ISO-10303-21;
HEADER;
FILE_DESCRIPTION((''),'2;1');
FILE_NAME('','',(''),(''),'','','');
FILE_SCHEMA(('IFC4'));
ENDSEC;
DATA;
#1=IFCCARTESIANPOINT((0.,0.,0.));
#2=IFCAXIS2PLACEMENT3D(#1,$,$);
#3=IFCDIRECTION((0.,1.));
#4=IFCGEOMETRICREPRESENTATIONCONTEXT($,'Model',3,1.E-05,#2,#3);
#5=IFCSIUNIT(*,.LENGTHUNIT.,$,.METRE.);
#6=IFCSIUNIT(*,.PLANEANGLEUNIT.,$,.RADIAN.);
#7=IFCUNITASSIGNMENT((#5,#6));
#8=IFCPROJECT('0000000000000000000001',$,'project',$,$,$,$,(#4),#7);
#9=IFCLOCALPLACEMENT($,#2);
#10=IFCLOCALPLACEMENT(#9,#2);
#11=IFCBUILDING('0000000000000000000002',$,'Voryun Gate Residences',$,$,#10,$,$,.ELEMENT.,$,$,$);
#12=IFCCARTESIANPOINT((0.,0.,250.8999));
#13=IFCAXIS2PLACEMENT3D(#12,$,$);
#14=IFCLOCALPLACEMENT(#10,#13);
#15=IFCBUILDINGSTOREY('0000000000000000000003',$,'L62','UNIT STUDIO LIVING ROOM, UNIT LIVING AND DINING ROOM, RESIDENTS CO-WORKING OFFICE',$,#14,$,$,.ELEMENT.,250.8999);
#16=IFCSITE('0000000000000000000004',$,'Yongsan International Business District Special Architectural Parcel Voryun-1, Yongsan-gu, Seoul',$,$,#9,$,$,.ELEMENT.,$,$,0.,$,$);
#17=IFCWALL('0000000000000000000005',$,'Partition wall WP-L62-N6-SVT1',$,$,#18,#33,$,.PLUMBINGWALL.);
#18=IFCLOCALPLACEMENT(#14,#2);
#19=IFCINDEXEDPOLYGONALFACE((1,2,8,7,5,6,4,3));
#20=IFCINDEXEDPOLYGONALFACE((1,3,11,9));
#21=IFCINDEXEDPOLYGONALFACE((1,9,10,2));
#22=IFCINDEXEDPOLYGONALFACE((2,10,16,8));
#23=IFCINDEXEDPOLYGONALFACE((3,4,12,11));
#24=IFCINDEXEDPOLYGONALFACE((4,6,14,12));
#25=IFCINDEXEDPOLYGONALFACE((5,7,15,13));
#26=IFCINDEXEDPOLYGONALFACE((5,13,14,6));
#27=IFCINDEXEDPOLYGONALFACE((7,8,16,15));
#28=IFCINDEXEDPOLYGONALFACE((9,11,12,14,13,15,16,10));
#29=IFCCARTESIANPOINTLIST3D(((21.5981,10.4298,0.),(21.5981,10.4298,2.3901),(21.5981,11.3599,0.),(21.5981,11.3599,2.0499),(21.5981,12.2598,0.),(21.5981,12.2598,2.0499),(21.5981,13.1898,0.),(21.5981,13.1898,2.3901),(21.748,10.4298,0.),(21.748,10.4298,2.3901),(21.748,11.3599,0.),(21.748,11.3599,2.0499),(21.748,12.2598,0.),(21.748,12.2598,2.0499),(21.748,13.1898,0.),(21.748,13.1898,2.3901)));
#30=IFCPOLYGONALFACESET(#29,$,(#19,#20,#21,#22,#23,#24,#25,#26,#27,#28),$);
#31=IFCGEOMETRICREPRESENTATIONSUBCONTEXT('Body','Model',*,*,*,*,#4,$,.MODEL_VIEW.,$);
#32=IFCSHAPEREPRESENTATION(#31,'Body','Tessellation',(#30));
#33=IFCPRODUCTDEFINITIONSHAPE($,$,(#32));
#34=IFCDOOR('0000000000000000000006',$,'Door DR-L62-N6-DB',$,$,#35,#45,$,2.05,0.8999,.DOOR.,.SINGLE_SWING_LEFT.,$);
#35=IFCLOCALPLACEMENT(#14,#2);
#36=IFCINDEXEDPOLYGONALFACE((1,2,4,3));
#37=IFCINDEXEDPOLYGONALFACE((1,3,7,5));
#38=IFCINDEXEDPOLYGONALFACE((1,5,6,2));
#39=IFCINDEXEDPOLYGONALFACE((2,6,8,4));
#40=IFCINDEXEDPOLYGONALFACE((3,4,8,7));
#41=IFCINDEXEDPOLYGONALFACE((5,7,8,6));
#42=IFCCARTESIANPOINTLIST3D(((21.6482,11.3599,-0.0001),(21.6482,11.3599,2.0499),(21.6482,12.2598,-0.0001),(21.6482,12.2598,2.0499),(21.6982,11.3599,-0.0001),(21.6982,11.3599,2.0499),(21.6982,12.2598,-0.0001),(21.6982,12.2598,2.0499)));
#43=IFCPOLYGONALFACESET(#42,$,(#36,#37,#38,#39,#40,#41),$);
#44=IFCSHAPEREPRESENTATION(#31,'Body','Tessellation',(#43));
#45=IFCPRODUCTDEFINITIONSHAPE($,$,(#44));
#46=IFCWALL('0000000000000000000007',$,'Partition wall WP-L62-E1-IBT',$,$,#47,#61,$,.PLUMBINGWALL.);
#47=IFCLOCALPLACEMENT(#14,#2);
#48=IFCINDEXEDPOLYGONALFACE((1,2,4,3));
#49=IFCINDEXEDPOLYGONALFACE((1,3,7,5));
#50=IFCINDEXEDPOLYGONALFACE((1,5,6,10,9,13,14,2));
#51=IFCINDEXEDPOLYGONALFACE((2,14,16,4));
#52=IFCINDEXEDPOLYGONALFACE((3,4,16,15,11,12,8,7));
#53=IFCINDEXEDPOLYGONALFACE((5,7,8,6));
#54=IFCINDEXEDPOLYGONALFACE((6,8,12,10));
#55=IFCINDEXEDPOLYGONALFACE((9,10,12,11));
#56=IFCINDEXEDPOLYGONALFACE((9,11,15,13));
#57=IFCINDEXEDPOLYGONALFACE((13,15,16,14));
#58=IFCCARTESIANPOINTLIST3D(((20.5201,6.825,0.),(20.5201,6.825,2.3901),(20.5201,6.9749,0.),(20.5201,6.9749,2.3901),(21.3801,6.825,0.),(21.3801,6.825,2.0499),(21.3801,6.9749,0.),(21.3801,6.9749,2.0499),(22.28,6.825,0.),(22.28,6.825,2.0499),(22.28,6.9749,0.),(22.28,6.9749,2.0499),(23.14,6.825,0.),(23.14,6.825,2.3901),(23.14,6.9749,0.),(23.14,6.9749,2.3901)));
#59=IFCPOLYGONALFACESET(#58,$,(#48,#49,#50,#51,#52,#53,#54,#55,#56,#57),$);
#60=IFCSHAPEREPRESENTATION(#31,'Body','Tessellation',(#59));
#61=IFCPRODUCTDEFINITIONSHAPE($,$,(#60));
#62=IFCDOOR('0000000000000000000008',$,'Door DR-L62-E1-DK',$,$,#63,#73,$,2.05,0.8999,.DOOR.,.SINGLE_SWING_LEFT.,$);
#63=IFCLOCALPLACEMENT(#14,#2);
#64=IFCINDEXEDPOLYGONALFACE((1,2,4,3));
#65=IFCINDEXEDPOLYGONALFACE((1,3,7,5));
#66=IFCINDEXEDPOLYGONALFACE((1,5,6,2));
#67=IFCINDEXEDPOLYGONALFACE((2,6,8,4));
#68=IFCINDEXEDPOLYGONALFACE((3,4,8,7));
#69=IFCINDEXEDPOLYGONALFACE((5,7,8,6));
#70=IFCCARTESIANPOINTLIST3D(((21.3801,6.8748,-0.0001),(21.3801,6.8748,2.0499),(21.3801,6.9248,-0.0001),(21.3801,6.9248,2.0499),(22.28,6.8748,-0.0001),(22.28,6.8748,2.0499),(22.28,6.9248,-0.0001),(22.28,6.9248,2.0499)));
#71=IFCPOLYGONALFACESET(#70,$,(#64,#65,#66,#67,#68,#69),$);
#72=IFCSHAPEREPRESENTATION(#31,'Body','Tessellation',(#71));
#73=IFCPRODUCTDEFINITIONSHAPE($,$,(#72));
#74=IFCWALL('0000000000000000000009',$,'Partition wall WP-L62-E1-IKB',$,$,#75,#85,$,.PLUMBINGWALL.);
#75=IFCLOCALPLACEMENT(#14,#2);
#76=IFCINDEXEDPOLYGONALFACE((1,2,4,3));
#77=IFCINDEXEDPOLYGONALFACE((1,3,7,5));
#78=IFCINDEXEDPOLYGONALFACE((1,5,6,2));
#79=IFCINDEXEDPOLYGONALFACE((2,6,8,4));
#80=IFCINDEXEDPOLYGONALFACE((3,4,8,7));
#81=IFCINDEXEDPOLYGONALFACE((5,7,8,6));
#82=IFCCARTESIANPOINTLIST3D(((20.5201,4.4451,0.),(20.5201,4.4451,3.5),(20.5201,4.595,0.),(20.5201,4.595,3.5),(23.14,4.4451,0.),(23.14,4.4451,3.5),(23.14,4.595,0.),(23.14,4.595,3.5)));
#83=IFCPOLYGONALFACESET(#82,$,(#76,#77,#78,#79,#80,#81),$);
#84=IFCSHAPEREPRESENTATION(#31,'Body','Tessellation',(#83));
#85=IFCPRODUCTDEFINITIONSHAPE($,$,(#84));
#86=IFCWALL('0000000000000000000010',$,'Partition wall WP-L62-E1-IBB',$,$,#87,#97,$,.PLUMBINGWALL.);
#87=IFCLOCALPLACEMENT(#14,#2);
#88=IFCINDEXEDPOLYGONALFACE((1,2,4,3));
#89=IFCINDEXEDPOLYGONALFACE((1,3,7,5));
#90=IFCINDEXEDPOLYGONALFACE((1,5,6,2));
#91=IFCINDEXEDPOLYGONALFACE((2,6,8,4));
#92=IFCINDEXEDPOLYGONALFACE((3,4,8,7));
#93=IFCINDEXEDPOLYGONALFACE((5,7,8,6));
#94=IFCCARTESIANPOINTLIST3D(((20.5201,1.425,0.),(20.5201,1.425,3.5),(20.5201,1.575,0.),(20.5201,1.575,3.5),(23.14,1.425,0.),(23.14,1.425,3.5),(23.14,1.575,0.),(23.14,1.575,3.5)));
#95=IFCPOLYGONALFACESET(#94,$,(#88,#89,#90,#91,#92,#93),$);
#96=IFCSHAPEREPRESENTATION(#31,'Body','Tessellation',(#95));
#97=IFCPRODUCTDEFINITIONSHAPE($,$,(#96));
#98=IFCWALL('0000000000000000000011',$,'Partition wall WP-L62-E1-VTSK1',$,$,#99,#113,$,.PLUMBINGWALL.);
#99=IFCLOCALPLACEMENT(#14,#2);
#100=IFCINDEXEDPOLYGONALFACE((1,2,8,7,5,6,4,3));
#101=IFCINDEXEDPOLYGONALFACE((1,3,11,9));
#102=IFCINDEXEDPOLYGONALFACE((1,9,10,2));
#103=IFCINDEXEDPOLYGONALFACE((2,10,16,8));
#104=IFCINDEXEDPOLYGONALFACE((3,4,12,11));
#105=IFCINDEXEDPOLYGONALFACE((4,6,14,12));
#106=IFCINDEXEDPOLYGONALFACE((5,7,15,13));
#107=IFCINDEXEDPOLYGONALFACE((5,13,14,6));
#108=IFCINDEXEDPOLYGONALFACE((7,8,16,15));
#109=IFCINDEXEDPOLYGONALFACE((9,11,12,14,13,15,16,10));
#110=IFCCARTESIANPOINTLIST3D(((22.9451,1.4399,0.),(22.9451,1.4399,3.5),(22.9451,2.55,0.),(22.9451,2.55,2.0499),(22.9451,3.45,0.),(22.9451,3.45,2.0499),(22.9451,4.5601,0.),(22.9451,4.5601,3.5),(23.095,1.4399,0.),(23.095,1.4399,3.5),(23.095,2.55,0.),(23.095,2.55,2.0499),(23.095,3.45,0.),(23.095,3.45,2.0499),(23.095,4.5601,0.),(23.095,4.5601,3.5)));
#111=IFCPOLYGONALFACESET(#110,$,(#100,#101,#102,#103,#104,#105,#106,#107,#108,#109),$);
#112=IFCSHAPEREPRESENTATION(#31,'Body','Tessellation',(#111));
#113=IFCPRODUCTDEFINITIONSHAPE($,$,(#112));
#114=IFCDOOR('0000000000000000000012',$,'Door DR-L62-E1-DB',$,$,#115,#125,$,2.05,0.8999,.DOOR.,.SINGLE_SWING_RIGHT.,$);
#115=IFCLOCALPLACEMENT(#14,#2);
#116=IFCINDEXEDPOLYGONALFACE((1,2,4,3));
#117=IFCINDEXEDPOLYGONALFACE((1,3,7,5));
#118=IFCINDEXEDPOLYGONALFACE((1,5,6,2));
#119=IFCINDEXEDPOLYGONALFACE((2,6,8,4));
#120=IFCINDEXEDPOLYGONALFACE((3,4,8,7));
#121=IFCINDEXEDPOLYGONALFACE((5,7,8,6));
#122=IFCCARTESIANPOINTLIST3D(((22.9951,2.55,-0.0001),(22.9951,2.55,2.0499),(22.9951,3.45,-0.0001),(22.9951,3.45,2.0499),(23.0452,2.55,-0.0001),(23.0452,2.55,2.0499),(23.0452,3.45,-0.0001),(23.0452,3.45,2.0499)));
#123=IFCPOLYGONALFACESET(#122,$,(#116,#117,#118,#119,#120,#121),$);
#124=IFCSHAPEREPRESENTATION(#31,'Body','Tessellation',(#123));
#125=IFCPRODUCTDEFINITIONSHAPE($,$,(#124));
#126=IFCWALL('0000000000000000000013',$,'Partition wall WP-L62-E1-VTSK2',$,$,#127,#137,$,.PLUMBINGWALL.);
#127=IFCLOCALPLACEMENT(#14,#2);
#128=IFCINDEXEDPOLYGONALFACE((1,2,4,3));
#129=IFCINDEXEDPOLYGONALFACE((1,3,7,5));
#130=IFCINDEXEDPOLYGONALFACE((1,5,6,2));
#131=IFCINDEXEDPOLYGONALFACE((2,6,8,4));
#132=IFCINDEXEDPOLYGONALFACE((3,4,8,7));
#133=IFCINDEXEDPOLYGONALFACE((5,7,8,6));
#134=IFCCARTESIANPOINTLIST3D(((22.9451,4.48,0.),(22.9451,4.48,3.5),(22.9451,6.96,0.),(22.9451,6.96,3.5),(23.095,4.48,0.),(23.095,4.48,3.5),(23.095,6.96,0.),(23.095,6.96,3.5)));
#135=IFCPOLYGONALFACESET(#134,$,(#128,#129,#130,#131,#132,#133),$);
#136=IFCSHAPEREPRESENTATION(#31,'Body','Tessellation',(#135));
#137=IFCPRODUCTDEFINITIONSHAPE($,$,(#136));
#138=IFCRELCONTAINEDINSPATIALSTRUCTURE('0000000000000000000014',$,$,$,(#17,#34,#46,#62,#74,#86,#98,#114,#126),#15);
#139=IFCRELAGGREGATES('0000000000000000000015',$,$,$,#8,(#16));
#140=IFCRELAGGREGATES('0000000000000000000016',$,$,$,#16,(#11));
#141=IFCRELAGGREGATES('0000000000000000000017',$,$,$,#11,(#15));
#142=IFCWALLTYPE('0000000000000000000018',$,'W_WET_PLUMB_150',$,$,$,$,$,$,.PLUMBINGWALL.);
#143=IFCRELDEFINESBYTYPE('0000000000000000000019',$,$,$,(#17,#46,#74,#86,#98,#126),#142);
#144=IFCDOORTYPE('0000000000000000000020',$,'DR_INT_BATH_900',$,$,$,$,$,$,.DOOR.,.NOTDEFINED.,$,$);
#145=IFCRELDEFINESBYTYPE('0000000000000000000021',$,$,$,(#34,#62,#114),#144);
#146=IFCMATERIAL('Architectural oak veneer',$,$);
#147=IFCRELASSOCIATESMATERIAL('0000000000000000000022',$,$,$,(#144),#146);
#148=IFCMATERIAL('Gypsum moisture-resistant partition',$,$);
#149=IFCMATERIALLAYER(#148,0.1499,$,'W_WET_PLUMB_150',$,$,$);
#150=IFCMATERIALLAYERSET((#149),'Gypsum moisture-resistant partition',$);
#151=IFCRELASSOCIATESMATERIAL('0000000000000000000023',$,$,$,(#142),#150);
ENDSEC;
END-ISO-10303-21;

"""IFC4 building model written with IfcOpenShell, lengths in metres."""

from ifc_helpers import new_model, si_unit, direction, frame, frame_2d, origin, place, context, subcontext, project, spatial, rectangle, extrude, material, layer, layer_set, type_object, element, fill, save


model = new_model("IFC4")

# Units and contexts
model_context = context("Model", 3, precision=1e-05, world=origin(), true_north=direction((0.0, 1.0)))
body_context = subcontext(model_context, "Body", "Model", "MODEL_VIEW")
ifc_project = project(units=[si_unit("LENGTHUNIT", "METRE"), si_unit("PLANEANGLEUNIT", "RADIAN")], contexts=[model_context])

# Site, building, storey
site_placement = place(None, origin())
site = spatial("IfcSite", under=ifc_project, at=site_placement, Name="Yongsan International Business District Special Architectural Parcel Voryun-1, Yongsan-gu, Seoul", CompositionType="ELEMENT", RefElevation=0.0)
building_placement = place(site_placement, origin())
building = spatial("IfcBuilding", under=site, at=building_placement, Name="Voryun Gate Residences", CompositionType="ELEMENT")
storey_placement = place(building_placement, frame((0.0, 0.0, 250.8999)))
storey = spatial("IfcBuildingStorey", under=building, at=storey_placement, Name="L62", Description="UNIT STUDIO LIVING ROOM, UNIT LIVING AND DINING ROOM, RESIDENTS CO-WORKING OFFICE", CompositionType="ELEMENT", Elevation=250.8999)

# Walls, openings, doors
ifc_material_1 = material(Name="Architectural oak veneer")
door_type = type_object("IfcDoorType", Name="DR_INT_BATH_900", OperationType="NOTDEFINED", PredefinedType="DOOR", material=ifc_material_1)
ifc_material_2 = material(Name="Gypsum moisture-resistant partition")
ifc_layer_1 = layer(ifc_material_2, 0.1499, Name="W_WET_PLUMB_150")
ifc_layer_set_1 = layer_set([ifc_layer_1], Name="Gypsum moisture-resistant partition")
wall_type_1 = type_object("IfcWallType", Name="W_WET_PLUMB_150", PredefinedType="PLUMBINGWALL", material=ifc_layer_set_1)
wall_1_placement = place(storey_placement, frame((21.6731, 10.4299, 0.0), z_axis=(0.0, 0.0, 1.0), x_axis=(0.0, 1.0, 0.0)))
wall_1 = element("IfcWall", 1, at=wall_1_placement, inside=storey, type_object=wall_type_1, Name="Partition wall WP-L62-N6-SVT1", PredefinedType="PLUMBINGWALL", context=body_context, shape_type="SweptSolid", body=[
    extrude(rectangle(XDim=2.76, YDim=0.1499, at=frame_2d((1.3799, 0.0))), origin(), (0.0, 0.0, 1.0), 2.3901),
])
opening_1_placement = place(wall_1_placement, frame((0.9299, 0.0, 0.0)))
opening_1 = element("IfcOpeningElement", 2, at=opening_1_placement, cuts=wall_1, PredefinedType="OPENING", context=body_context, shape_type="SweptSolid", body=[
    extrude(rectangle(XDim=0.8999, YDim=2.05, at=frame_2d((0.45, 1.0249))), frame((0.0, 0.085, 0.0), z_axis=(0.0, -1.0, 0.0), x_axis=(1.0, 0.0, 0.0)), (0.0, 0.0, 1.0), 0.1699),
])
door_1_placement = place(opening_1_placement, origin())
door_1 = element("IfcDoor", 3, at=door_1_placement, inside=storey, type_object=door_type, Name="Door DR-L62-N6-DB", OperationType="SINGLE_SWING_LEFT", OverallHeight=2.05, OverallWidth=0.8999, PredefinedType="DOOR", context=body_context, shape_type="SweptSolid", body=[
    extrude(rectangle(XDim=0.8999, YDim=2.05, at=frame_2d((0.45, 1.0249))), frame((0.0, 0.0249, 0.0), z_axis=(0.0, -1.0, 0.0), x_axis=(1.0, 0.0, 0.0)), (0.0, 0.0, 1.0), 0.05),
])
fill(opening_1, door_1)
wall_2_placement = place(storey_placement, frame((20.52, 6.8999, 0.0), z_axis=(0.0, 0.0, 1.0), x_axis=(1.0, 0.0, 0.0)))
wall_2 = element("IfcWall", 4, at=wall_2_placement, inside=storey, type_object=wall_type_1, Name="Partition wall WP-L62-E1-IBT", PredefinedType="PLUMBINGWALL", context=body_context, shape_type="SweptSolid", body=[
    extrude(rectangle(XDim=2.6199, YDim=0.1499, at=frame_2d((1.3101, 0.0))), origin(), (0.0, 0.0, 1.0), 2.3901),
])
opening_2_placement = place(wall_2_placement, frame((0.8601, 0.0, 0.0)))
opening_2 = element("IfcOpeningElement", 5, at=opening_2_placement, cuts=wall_2, PredefinedType="OPENING", context=body_context, shape_type="SweptSolid", body=[
    extrude(rectangle(XDim=0.8999, YDim=2.05, at=frame_2d((0.45, 1.0249))), frame((0.0, 0.085, 0.0), z_axis=(0.0, -1.0, 0.0), x_axis=(1.0, 0.0, 0.0)), (0.0, 0.0, 1.0), 0.1699),
])
door_2_placement = place(opening_2_placement, origin())
door_2 = element("IfcDoor", 6, at=door_2_placement, inside=storey, type_object=door_type, Name="Door DR-L62-E1-DK", OperationType="SINGLE_SWING_LEFT", OverallHeight=2.05, OverallWidth=0.8999, PredefinedType="DOOR", context=body_context, shape_type="SweptSolid", body=[
    extrude(rectangle(XDim=0.8999, YDim=2.05, at=frame_2d((0.45, 1.0249))), frame((0.0, 0.0249, 0.0), z_axis=(0.0, -1.0, 0.0), x_axis=(1.0, 0.0, 0.0)), (0.0, 0.0, 1.0), 0.05),
])
fill(opening_2, door_2)

# Walls
for number, where, z_axis, x_axis, name in (
    (7, (20.52, 4.52, 0.0), (0.0, 0.0, 1.0), (1.0, 0.0, 0.0), "Partition wall WP-L62-E1-IKB"),
    (8, (20.52, 1.5, 0.0), (0.0, 0.0, 1.0), (1.0, 0.0, 0.0), "Partition wall WP-L62-E1-IBB"),
):
    element("IfcWall", number, at=place(storey_placement, frame(where, z_axis=z_axis, x_axis=x_axis)), inside=storey, type_object=wall_type_1, Name=name, PredefinedType="PLUMBINGWALL", context=body_context, shape_type="SweptSolid", body=[
        extrude(rectangle(XDim=2.6199, YDim=0.1499, at=frame_2d((1.3101, 0.0))), origin(), (0.0, 0.0, 1.0), 3.5),
    ])

# Wall, opening, door
wall_3_placement = place(storey_placement, frame((23.02, 1.4399, 0.0), z_axis=(0.0, 0.0, 1.0), x_axis=(0.0, 1.0, 0.0)))
wall_3 = element("IfcWall", 9, at=wall_3_placement, inside=storey, type_object=wall_type_1, Name="Partition wall WP-L62-E1-VTSK1", PredefinedType="PLUMBINGWALL", context=body_context, shape_type="SweptSolid", body=[
    extrude(rectangle(XDim=3.1201, YDim=0.1499, at=frame_2d((1.5601, 0.0))), origin(), (0.0, 0.0, 1.0), 3.5),
])
opening_3_placement = place(wall_3_placement, frame((1.1101, 0.0, 0.0)))
opening_3 = element("IfcOpeningElement", 10, at=opening_3_placement, cuts=wall_3, PredefinedType="OPENING", context=body_context, shape_type="SweptSolid", body=[
    extrude(rectangle(XDim=0.8999, YDim=2.05, at=frame_2d((0.45, 1.0249))), frame((0.0, 0.085, 0.0), z_axis=(0.0, -1.0, 0.0), x_axis=(1.0, 0.0, 0.0)), (0.0, 0.0, 1.0), 0.1699),
])
door_3_placement = place(opening_3_placement, origin())
door_3 = element("IfcDoor", 11, at=door_3_placement, inside=storey, type_object=door_type, Name="Door DR-L62-E1-DB", OperationType="SINGLE_SWING_RIGHT", OverallHeight=2.05, OverallWidth=0.8999, PredefinedType="DOOR", context=body_context, shape_type="SweptSolid", body=[
    extrude(rectangle(XDim=0.8999, YDim=2.05, at=frame_2d((0.45, 1.0249))), frame((0.0, 0.0249, 0.0), z_axis=(0.0, -1.0, 0.0), x_axis=(1.0, 0.0, 0.0)), (0.0, 0.0, 1.0), 0.05),
])
fill(opening_3, door_3)

# Wall
wall_4_placement = place(storey_placement, frame((23.02, 4.48, 0.0), z_axis=(0.0, 0.0, 1.0), x_axis=(0.0, 1.0, 0.0)))
element("IfcWall", 12, at=wall_4_placement, inside=storey, type_object=wall_type_1, Name="Partition wall WP-L62-E1-VTSK2", PredefinedType="PLUMBINGWALL", context=body_context, shape_type="SweptSolid", body=[
    extrude(rectangle(XDim=2.48, YDim=0.1499, at=frame_2d((1.24, 0.0))), origin(), (0.0, 0.0, 1.0), 3.5),
])

save(model, "model.ifc")
